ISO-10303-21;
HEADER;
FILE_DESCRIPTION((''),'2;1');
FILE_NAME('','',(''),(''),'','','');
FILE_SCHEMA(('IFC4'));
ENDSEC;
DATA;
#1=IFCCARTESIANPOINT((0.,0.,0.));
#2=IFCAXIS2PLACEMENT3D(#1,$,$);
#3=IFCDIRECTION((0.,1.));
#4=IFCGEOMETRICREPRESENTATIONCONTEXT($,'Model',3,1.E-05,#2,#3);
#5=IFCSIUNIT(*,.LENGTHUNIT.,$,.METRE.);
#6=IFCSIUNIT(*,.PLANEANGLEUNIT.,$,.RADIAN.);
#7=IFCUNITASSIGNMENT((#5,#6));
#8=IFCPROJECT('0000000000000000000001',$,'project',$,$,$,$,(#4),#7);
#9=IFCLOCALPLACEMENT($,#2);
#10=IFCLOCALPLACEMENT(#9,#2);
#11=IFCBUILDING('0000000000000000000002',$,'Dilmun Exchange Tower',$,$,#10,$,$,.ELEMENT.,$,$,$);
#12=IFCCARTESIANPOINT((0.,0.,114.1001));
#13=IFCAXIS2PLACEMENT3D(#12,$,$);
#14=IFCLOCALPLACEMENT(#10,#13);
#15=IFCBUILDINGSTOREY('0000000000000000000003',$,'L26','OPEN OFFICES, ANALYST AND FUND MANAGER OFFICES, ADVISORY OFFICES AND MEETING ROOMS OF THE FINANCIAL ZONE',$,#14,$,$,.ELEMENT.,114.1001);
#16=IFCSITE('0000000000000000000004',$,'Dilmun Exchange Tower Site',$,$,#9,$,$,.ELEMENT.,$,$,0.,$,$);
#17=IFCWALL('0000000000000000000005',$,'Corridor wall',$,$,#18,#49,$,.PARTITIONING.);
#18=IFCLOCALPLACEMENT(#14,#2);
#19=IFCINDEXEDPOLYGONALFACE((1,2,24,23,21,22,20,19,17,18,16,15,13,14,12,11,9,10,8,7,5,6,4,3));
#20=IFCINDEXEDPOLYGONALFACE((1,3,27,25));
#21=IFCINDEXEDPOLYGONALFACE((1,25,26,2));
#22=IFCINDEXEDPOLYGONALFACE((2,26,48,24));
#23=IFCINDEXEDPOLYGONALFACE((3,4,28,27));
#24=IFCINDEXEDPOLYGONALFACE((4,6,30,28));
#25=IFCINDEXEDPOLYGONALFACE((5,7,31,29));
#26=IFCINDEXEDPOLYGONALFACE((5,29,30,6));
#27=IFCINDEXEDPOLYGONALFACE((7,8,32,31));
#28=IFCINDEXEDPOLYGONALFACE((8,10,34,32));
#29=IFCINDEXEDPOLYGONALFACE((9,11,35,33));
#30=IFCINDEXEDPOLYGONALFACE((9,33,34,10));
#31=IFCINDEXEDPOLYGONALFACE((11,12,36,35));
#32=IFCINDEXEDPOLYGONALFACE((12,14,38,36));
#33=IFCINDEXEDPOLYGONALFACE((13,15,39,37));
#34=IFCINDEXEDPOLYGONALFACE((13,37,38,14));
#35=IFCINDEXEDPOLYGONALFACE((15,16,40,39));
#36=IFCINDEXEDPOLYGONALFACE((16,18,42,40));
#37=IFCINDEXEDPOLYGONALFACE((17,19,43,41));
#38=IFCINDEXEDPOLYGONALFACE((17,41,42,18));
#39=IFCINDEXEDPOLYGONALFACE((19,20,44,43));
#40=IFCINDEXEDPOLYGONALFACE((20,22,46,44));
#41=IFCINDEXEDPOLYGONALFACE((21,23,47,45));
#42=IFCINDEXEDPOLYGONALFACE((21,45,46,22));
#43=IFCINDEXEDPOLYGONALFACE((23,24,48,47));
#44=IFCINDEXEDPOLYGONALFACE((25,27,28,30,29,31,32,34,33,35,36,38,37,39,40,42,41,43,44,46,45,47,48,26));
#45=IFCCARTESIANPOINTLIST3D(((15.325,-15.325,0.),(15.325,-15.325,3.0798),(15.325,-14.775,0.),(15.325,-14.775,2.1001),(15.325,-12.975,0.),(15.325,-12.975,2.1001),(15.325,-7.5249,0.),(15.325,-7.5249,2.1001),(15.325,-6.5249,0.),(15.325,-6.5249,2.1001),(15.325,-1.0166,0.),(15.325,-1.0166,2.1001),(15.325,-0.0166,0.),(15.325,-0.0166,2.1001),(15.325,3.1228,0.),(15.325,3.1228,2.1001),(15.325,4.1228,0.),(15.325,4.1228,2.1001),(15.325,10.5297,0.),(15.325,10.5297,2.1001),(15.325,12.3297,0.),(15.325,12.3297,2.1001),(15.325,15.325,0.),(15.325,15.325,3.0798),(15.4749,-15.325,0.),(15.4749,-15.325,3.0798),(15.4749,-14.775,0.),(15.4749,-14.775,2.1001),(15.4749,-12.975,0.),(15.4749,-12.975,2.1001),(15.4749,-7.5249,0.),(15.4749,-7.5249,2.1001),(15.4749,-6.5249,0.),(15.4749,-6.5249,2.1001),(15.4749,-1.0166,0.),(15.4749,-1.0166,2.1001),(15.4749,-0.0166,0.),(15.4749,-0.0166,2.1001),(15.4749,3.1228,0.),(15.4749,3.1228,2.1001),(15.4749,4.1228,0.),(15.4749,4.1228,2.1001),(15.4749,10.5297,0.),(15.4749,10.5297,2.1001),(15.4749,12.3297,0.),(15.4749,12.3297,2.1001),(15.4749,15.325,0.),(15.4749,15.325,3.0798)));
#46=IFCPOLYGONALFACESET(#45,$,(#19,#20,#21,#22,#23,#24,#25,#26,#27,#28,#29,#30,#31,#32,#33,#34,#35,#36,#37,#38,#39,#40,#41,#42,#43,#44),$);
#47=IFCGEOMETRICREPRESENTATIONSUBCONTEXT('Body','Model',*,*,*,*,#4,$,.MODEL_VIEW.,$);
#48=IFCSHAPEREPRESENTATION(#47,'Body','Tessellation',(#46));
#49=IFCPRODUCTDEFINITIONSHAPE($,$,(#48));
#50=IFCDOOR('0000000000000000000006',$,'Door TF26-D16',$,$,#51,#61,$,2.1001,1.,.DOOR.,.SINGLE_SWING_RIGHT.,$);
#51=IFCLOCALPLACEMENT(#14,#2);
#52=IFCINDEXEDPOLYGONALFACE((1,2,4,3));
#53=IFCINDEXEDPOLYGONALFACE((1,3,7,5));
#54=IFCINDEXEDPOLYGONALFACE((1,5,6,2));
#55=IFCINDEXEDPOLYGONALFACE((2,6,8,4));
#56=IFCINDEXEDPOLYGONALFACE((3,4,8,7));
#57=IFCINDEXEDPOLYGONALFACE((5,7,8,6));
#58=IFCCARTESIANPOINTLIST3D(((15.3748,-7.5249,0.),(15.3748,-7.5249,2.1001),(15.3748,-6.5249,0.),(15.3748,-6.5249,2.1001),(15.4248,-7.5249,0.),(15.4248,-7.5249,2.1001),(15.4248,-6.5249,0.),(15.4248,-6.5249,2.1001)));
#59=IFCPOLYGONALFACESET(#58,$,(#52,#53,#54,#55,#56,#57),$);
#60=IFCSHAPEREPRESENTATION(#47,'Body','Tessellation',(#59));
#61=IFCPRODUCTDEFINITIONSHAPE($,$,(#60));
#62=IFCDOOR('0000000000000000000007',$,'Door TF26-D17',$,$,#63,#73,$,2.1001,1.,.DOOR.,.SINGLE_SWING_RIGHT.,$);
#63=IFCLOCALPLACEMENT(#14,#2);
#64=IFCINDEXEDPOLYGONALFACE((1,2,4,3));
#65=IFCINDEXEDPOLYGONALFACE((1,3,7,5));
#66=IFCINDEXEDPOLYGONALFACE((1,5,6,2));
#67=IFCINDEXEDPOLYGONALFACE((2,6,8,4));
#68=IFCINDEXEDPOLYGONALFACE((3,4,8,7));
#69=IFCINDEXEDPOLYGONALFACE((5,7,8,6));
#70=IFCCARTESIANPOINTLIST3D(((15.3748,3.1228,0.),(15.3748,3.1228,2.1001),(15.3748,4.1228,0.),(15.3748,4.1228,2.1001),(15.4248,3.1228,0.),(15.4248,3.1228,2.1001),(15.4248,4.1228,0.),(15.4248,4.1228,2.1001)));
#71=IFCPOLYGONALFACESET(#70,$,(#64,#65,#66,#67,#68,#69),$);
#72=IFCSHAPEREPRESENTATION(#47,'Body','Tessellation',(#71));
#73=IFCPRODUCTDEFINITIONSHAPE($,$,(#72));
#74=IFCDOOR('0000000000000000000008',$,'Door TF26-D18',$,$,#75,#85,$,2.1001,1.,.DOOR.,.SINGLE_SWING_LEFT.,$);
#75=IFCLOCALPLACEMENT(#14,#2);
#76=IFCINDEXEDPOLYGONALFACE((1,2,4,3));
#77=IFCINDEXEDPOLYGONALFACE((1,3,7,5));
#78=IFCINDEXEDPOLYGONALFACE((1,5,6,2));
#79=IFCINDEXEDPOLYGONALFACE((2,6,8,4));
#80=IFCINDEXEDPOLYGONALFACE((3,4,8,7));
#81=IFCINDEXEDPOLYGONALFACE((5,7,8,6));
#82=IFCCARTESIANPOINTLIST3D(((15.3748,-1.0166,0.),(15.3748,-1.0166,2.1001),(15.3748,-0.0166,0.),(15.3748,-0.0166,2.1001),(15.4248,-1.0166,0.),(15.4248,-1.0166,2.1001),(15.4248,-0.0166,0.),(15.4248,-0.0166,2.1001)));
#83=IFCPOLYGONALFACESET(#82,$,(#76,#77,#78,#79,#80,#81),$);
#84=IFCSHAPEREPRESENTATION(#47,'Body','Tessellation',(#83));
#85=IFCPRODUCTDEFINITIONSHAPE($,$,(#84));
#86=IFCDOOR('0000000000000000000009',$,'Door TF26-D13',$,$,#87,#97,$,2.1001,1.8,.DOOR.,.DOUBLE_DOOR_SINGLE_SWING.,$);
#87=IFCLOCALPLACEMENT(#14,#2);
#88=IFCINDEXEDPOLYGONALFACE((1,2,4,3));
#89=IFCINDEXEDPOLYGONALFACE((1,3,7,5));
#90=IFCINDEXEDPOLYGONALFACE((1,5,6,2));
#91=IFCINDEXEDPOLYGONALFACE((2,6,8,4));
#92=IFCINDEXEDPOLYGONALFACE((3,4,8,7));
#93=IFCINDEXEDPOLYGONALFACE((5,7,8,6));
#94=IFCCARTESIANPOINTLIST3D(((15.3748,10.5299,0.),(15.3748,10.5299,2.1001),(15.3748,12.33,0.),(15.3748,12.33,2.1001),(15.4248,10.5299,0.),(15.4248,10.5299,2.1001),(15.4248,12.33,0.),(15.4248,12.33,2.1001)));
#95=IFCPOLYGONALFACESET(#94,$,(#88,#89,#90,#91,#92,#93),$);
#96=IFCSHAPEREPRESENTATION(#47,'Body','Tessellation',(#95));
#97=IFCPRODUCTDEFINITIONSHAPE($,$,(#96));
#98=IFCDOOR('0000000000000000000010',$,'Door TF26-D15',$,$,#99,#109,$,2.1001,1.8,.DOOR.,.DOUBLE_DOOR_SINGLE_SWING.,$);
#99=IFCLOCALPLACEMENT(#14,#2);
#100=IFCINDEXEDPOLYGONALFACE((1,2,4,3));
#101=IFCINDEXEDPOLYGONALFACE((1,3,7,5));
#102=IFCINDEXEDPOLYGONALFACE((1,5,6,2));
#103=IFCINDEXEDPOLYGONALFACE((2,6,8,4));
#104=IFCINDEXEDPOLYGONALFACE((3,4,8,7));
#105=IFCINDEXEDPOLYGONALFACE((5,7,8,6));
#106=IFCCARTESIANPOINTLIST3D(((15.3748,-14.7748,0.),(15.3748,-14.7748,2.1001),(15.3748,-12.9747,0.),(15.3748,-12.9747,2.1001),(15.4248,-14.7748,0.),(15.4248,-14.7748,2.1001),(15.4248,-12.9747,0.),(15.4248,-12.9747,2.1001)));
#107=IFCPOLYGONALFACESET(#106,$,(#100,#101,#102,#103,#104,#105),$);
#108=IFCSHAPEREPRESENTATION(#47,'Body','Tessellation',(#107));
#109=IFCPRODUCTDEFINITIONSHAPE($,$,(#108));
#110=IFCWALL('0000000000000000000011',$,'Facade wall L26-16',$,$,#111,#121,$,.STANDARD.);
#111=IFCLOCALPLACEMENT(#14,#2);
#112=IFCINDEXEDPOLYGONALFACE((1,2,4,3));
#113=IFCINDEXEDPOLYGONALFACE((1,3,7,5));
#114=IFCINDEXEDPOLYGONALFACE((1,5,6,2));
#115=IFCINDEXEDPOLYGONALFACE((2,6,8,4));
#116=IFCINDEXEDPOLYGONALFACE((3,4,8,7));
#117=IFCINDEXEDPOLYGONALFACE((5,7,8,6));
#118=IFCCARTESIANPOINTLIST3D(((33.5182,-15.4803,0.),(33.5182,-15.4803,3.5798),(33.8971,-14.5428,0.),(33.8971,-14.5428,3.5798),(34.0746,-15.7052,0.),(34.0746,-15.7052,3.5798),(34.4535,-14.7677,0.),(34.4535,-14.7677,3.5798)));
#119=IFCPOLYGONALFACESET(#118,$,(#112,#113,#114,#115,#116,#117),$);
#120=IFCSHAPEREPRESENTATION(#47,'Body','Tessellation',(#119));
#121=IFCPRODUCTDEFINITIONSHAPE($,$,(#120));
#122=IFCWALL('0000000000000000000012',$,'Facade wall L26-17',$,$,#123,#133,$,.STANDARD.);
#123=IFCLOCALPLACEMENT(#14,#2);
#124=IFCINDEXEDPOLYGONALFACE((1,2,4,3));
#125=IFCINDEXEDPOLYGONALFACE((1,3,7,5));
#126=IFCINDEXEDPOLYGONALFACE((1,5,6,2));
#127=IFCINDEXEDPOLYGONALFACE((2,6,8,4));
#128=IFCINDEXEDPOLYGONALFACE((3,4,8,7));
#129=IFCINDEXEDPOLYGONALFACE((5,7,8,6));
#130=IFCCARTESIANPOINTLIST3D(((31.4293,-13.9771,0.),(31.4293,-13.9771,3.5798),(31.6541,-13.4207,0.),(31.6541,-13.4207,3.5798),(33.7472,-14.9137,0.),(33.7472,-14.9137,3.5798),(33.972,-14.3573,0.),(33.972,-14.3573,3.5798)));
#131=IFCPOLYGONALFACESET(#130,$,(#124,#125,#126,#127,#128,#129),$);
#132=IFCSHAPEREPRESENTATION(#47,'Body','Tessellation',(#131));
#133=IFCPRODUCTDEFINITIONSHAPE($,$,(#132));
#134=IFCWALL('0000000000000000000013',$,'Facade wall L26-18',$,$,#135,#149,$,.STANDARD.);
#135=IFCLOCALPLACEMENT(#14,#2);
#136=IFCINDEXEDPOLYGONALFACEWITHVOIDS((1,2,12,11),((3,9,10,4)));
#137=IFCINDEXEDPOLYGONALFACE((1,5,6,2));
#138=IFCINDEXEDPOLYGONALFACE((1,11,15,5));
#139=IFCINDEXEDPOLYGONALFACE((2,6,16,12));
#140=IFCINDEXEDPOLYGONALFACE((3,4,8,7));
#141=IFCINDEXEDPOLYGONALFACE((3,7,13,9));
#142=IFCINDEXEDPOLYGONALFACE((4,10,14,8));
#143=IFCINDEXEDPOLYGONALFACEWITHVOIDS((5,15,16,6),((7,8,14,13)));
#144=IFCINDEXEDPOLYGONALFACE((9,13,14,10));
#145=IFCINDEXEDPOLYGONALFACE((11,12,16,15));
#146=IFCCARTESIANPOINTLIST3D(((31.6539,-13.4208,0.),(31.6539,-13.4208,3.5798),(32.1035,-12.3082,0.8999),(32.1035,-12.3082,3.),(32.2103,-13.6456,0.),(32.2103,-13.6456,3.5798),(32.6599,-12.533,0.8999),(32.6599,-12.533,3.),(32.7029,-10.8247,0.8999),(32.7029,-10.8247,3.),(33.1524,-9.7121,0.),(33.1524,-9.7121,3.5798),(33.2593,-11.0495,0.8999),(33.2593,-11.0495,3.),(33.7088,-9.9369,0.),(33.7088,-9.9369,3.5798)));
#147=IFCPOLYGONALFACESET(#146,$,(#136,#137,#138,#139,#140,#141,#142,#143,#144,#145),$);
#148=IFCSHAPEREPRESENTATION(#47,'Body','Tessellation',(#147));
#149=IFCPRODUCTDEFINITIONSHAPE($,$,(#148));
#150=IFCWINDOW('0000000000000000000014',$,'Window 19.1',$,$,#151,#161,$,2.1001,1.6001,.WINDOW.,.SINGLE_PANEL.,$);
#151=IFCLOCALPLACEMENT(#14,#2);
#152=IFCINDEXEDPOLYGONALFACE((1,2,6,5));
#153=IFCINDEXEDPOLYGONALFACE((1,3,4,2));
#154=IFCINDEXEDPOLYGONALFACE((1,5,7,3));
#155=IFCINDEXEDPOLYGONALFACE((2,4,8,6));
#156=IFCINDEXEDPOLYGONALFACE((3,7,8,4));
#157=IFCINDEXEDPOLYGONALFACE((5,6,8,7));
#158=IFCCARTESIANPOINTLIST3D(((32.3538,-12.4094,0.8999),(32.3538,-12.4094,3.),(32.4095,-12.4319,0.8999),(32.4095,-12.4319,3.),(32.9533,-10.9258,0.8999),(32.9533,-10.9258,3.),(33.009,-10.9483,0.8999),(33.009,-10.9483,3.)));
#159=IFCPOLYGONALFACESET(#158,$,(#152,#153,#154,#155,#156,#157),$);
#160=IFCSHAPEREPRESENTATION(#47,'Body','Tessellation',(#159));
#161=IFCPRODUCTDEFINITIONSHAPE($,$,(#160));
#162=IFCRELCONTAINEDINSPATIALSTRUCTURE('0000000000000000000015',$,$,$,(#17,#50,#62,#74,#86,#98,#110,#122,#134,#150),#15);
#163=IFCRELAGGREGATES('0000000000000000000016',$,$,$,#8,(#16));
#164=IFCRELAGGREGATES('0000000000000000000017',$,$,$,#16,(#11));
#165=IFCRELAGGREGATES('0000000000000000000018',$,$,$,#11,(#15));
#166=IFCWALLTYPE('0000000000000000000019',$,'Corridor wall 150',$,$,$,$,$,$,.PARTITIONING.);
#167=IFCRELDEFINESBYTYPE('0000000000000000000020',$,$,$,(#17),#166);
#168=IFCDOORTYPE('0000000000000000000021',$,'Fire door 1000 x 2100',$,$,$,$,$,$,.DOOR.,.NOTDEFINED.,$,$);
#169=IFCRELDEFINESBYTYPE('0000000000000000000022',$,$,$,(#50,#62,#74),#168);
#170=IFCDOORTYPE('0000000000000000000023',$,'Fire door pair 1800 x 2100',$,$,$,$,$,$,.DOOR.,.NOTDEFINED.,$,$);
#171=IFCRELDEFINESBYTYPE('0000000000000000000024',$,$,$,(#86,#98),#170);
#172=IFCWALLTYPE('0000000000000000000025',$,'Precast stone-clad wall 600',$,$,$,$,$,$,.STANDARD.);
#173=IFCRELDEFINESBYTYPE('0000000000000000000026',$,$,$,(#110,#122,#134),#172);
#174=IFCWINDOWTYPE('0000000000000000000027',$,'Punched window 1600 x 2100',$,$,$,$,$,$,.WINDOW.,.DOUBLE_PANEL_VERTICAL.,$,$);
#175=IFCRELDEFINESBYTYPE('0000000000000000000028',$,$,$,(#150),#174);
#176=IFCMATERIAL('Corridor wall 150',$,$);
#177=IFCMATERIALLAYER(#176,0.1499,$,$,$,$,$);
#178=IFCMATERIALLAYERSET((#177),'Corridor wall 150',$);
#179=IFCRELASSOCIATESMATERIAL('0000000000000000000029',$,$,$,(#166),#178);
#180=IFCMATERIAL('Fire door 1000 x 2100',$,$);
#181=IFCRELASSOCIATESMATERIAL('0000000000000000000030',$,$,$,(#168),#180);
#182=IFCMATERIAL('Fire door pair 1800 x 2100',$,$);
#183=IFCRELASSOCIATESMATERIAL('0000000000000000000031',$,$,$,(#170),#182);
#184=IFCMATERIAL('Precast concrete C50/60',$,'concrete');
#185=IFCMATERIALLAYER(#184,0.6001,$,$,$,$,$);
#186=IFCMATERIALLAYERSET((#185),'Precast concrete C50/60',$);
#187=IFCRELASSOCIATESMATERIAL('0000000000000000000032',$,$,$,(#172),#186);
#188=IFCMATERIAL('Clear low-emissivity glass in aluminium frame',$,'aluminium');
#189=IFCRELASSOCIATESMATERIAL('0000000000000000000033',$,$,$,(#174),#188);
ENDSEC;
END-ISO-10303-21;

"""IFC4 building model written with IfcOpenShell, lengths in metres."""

from ifc_helpers import new_model, si_unit, direction, frame, frame_2d, origin, place, context, subcontext, project, spatial, rectangle, extrude, material, layer, layer_set, type_object, element, fill, save


model = new_model("IFC4")

# Units and contexts
model_context = context("Model", 3, precision=1e-05, world=origin(), true_north=direction((0.0, 1.0)))
body_context = subcontext(model_context, "Body", "Model", "MODEL_VIEW")
ifc_project = project(units=[si_unit("LENGTHUNIT", "METRE"), si_unit("PLANEANGLEUNIT", "RADIAN")], contexts=[model_context])

# Site, building, storey
site_placement = place(None, origin())
site = spatial("IfcSite", under=ifc_project, at=site_placement, Name="Dilmun Exchange Tower Site", CompositionType="ELEMENT", RefElevation=0.0)
building_placement = place(site_placement, origin())
building = spatial("IfcBuilding", under=site, at=building_placement, Name="Dilmun Exchange Tower", CompositionType="ELEMENT")
storey_placement = place(building_placement, frame((0.0, 0.0, 114.1001)))
storey = spatial("IfcBuildingStorey", under=building, at=storey_placement, Name="L26", Description="OPEN OFFICES, ANALYST AND FUND MANAGER OFFICES, ADVISORY OFFICES AND MEETING ROOMS OF THE FINANCIAL ZONE", CompositionType="ELEMENT", Elevation=114.1001)

# Wall, openings, doors
ifc_material_1 = material(Name="Corridor wall 150")
ifc_layer_1 = layer(ifc_material_1, 0.1499)
ifc_layer_set_1 = layer_set([ifc_layer_1], Name="Corridor wall 150")
wall_type_1 = type_object("IfcWallType", Name="Corridor wall 150", PredefinedType="PARTITIONING", material=ifc_layer_set_1)
wall_1_placement = place(storey_placement, frame((15.3999, -15.325, 0.0), z_axis=(0.0, 0.0, 1.0), x_axis=(0.0, 1.0, 0.0)))
wall_1 = element("IfcWall", 1, at=wall_1_placement, inside=storey, type_object=wall_type_1, Name="Corridor wall", PredefinedType="PARTITIONING", context=body_context, shape_type="SweptSolid", body=[
    extrude(rectangle(XDim=30.6499, YDim=0.1499, at=frame_2d((15.325, 0.0))), origin(), (0.0, 0.0, 1.0), 3.0798),
])
opening_1_placement = place(wall_1_placement, frame((25.8547, 0.0, 0.0)))
opening_1 = element("IfcOpeningElement", 2, at=opening_1_placement, cuts=wall_1, PredefinedType="OPENING", context=body_context, shape_type="SweptSolid", body=[
    extrude(rectangle(XDim=1.8, YDim=2.1001, at=frame_2d((0.8999, 1.05))), frame((0.0, 0.085, 0.0), z_axis=(0.0, -1.0, 0.0), x_axis=(1.0, 0.0, 0.0)), (0.0, 0.0, 1.0), 0.1699),
])
opening_2_placement = place(wall_1_placement, frame((0.55, 0.0, 0.0)))
opening_2 = element("IfcOpeningElement", 3, at=opening_2_placement, cuts=wall_1, PredefinedType="OPENING", context=body_context, shape_type="SweptSolid", body=[
    extrude(rectangle(XDim=1.8, YDim=2.1001, at=frame_2d((0.8999, 1.05))), frame((0.0, 0.085, 0.0), z_axis=(0.0, -1.0, 0.0), x_axis=(1.0, 0.0, 0.0)), (0.0, 0.0, 1.0), 0.1699),
])
opening_3_placement = place(wall_1_placement, frame((7.8, 0.0, 0.0)))
opening_3 = element("IfcOpeningElement", 4, at=opening_3_placement, cuts=wall_1, PredefinedType="OPENING", context=body_context, shape_type="SweptSolid", body=[
    extrude(rectangle(XDim=1.0, YDim=2.1001, at=frame_2d((0.5, 1.05))), frame((0.0, 0.085, 0.0), z_axis=(0.0, -1.0, 0.0), x_axis=(1.0, 0.0, 0.0)), (0.0, 0.0, 1.0), 0.1699),
])
opening_4_placement = place(wall_1_placement, frame((18.4478, 0.0, 0.0)))
opening_4 = element("IfcOpeningElement", 5, at=opening_4_placement, cuts=wall_1, PredefinedType="OPENING", context=body_context, shape_type="SweptSolid", body=[
    extrude(rectangle(XDim=1.0, YDim=2.1001, at=frame_2d((0.5, 1.05))), frame((0.0, 0.085, 0.0), z_axis=(0.0, -1.0, 0.0), x_axis=(1.0, 0.0, 0.0)), (0.0, 0.0, 1.0), 0.1699),
])
opening_5_placement = place(wall_1_placement, frame((14.3083, 0.0, 0.0)))
opening_5 = element("IfcOpeningElement", 6, at=opening_5_placement, cuts=wall_1, PredefinedType="OPENING", context=body_context, shape_type="SweptSolid", body=[
    extrude(rectangle(XDim=1.0, YDim=2.1001, at=frame_2d((0.5, 1.05))), frame((0.0, 0.085, 0.0), z_axis=(0.0, -1.0, 0.0), x_axis=(1.0, 0.0, 0.0)), (0.0, 0.0, 1.0), 0.1699),
])
ifc_material_2 = material(Name="Fire door 1000 x 2100")
door_type_1 = type_object("IfcDoorType", Name="Fire door 1000 x 2100", OperationType="NOTDEFINED", PredefinedType="DOOR", material=ifc_material_2)
door_1_placement = place(opening_3_placement, frame((1.0, 0.0, 0.0), z_axis=(0.0, 0.0, 1.0), x_axis=(-1.0, 0.0, 0.0)))
door_1 = element("IfcDoor", 7, at=door_1_placement, inside=storey, type_object=door_type_1, Name="Door TF26-D16", OperationType="SINGLE_SWING_RIGHT", OverallHeight=2.1001, OverallWidth=1.0, PredefinedType="DOOR", context=body_context, shape_type="SweptSolid", body=[
    extrude(rectangle(XDim=1.0, YDim=2.1001, at=frame_2d((0.5, 1.05))), frame((0.0, 0.0249, 0.0), z_axis=(0.0, -1.0, 0.0), x_axis=(1.0, 0.0, 0.0)), (0.0, 0.0, 1.0), 0.05),
])
fill(opening_3, door_1)
door_2_placement = place(opening_4_placement, frame((1.0, 0.0, 0.0), z_axis=(0.0, 0.0, 1.0), x_axis=(-1.0, 0.0, 0.0)))
door_2 = element("IfcDoor", 8, at=door_2_placement, inside=storey, type_object=door_type_1, Name="Door TF26-D17", OperationType="SINGLE_SWING_RIGHT", OverallHeight=2.1001, OverallWidth=1.0, PredefinedType="DOOR", context=body_context, shape_type="SweptSolid", body=[
    extrude(rectangle(XDim=1.0, YDim=2.1001, at=frame_2d((0.5, 1.05))), frame((0.0, 0.0249, 0.0), z_axis=(0.0, -1.0, 0.0), x_axis=(1.0, 0.0, 0.0)), (0.0, 0.0, 1.0), 0.05),
])
fill(opening_4, door_2)
door_3_placement = place(opening_5_placement, frame((1.0, 0.0, 0.0), z_axis=(0.0, 0.0, 1.0), x_axis=(-1.0, 0.0, 0.0)))
door_3 = element("IfcDoor", 9, at=door_3_placement, inside=storey, type_object=door_type_1, Name="Door TF26-D18", OperationType="SINGLE_SWING_LEFT", OverallHeight=2.1001, OverallWidth=1.0, PredefinedType="DOOR", context=body_context, shape_type="SweptSolid", body=[
    extrude(rectangle(XDim=1.0, YDim=2.1001, at=frame_2d((0.5, 1.05))), frame((0.0, 0.0249, 0.0), z_axis=(0.0, -1.0, 0.0), x_axis=(1.0, 0.0, 0.0)), (0.0, 0.0, 1.0), 0.05),
])
fill(opening_5, door_3)
ifc_material_3 = material(Name="Fire door pair 1800 x 2100")
door_type_2 = type_object("IfcDoorType", Name="Fire door pair 1800 x 2100", OperationType="NOTDEFINED", PredefinedType="DOOR", material=ifc_material_3)
door_4_placement = place(opening_1_placement, frame((1.8, 0.0, 0.0), z_axis=(0.0, 0.0, 1.0), x_axis=(-1.0, 0.0, 0.0)))
door_4 = element("IfcDoor", 10, at=door_4_placement, inside=storey, type_object=door_type_2, Name="Door TF26-D13", OperationType="DOUBLE_DOOR_SINGLE_SWING", OverallHeight=2.1001, OverallWidth=1.8, PredefinedType="DOOR", context=body_context, shape_type="SweptSolid", body=[
    extrude(rectangle(XDim=1.8, YDim=2.1001, at=frame_2d((0.8999, 1.05))), frame((0.0, 0.0249, 0.0), z_axis=(0.0, -1.0, 0.0), x_axis=(1.0, 0.0, 0.0)), (0.0, 0.0, 1.0), 0.05),
])
fill(opening_1, door_4)
door_5_placement = place(opening_2_placement, frame((1.8, 0.0, 0.0), z_axis=(0.0, 0.0, 1.0), x_axis=(-1.0, 0.0, 0.0)))
door_5 = element("IfcDoor", 11, at=door_5_placement, inside=storey, type_object=door_type_2, Name="Door TF26-D15", OperationType="DOUBLE_DOOR_SINGLE_SWING", OverallHeight=2.1001, OverallWidth=1.8, PredefinedType="DOOR", context=body_context, shape_type="SweptSolid", body=[
    extrude(rectangle(XDim=1.8, YDim=2.1001, at=frame_2d((0.8999, 1.05))), frame((0.0, 0.0249, 0.0), z_axis=(0.0, -1.0, 0.0), x_axis=(1.0, 0.0, 0.0)), (0.0, 0.0, 1.0), 0.05),
])
fill(opening_2, door_5)

# Walls
ifc_material_4 = material(Name="Precast concrete C50/60", Category="concrete")
ifc_layer_2 = layer(ifc_material_4, 0.6001)
ifc_layer_set_2 = layer_set([ifc_layer_2], Name="Precast concrete C50/60")
wall_type_2 = type_object("IfcWallType", Name="Precast stone-clad wall 600", PredefinedType="STANDARD", material=ifc_layer_set_2)
wall_2_placement = place(storey_placement, frame((33.7964, -15.5928, 0.0), z_axis=(0.0, 0.0, 1.0), x_axis=(0.374719, 0.927139, 0.0)))
element("IfcWall", 12, at=wall_2_placement, inside=storey, type_object=wall_type_2, Name="Facade wall L26-16", PredefinedType="STANDARD", context=body_context, shape_type="SweptSolid", body=[
    extrude(rectangle(XDim=1.0112, YDim=0.6001, at=frame_2d((0.5056, 0.0))), origin(), (0.0, 0.0, 1.0), 3.5798),
])
wall_3_placement = place(storey_placement, frame((33.8596, -14.6355, 0.0), z_axis=(0.0, 0.0, 1.0), x_axis=(-0.927178, 0.374621, 0.0)))
element("IfcWall", 13, at=wall_3_placement, inside=storey, type_object=wall_type_2, Name="Facade wall L26-17", PredefinedType="STANDARD", context=body_context, shape_type="SweptSolid", body=[
    extrude(rectangle(XDim=2.5, YDim=0.6001, at=frame_2d((1.25, 0.0))), origin(), (0.0, 0.0, 1.0), 3.5798),
])

# Wall, opening, window
wall_4_placement = place(storey_placement, frame((31.9321, -13.5332, 0.0), z_axis=(0.0, 0.0, 1.0), x_axis=(0.37463, 0.927175, 0.0)))
wall_4 = element("IfcWall", 14, at=wall_4_placement, inside=storey, type_object=wall_type_2, Name="Facade wall L26-18", PredefinedType="STANDARD", context=body_context, shape_type="SweptSolid", body=[
    extrude(rectangle(XDim=4.0, YDim=0.6001, at=frame_2d((2.0, 0.0))), origin(), (0.0, 0.0, 1.0), 3.5798),
])
opening_6_placement = place(wall_4_placement, frame((1.2, 0.0, 0.8999)))
opening_6 = element("IfcOpeningElement", 15, at=opening_6_placement, cuts=wall_4, PredefinedType="OPENING", context=body_context, shape_type="SweptSolid", body=[
    extrude(rectangle(XDim=1.6001, YDim=2.1001, at=frame_2d((0.8, 1.05))), frame((0.0, 0.3101, 0.0), z_axis=(0.0, -1.0, 0.0), x_axis=(1.0, 0.0, 0.0)), (0.0, 0.0, 1.0), 0.6201),
])
ifc_material_5 = material(Name="Clear low-emissivity glass in aluminium frame", Category="aluminium")
window_type = type_object("IfcWindowType", Name="Punched window 1600 x 2100", PartitioningType="DOUBLE_PANEL_VERTICAL", PredefinedType="WINDOW", material=ifc_material_5)
window_placement = place(opening_6_placement, origin())
window = element("IfcWindow", 16, at=window_placement, inside=storey, type_object=window_type, Name="Window 19.1", OverallHeight=2.1001, OverallWidth=1.6001, PartitioningType="SINGLE_PANEL", PredefinedType="WINDOW", context=body_context, shape_type="SweptSolid", body=[
    extrude(rectangle(XDim=1.6001, YDim=2.1001, at=frame_2d((0.8, 1.05))), frame((0.0, 0.03, 0.0), z_axis=(0.0, -1.0, 0.0), x_axis=(1.0, 0.0, 0.0)), (0.0, 0.0, 1.0), 0.0601),
])
fill(opening_6, window)

save(model, "model.ifc")
